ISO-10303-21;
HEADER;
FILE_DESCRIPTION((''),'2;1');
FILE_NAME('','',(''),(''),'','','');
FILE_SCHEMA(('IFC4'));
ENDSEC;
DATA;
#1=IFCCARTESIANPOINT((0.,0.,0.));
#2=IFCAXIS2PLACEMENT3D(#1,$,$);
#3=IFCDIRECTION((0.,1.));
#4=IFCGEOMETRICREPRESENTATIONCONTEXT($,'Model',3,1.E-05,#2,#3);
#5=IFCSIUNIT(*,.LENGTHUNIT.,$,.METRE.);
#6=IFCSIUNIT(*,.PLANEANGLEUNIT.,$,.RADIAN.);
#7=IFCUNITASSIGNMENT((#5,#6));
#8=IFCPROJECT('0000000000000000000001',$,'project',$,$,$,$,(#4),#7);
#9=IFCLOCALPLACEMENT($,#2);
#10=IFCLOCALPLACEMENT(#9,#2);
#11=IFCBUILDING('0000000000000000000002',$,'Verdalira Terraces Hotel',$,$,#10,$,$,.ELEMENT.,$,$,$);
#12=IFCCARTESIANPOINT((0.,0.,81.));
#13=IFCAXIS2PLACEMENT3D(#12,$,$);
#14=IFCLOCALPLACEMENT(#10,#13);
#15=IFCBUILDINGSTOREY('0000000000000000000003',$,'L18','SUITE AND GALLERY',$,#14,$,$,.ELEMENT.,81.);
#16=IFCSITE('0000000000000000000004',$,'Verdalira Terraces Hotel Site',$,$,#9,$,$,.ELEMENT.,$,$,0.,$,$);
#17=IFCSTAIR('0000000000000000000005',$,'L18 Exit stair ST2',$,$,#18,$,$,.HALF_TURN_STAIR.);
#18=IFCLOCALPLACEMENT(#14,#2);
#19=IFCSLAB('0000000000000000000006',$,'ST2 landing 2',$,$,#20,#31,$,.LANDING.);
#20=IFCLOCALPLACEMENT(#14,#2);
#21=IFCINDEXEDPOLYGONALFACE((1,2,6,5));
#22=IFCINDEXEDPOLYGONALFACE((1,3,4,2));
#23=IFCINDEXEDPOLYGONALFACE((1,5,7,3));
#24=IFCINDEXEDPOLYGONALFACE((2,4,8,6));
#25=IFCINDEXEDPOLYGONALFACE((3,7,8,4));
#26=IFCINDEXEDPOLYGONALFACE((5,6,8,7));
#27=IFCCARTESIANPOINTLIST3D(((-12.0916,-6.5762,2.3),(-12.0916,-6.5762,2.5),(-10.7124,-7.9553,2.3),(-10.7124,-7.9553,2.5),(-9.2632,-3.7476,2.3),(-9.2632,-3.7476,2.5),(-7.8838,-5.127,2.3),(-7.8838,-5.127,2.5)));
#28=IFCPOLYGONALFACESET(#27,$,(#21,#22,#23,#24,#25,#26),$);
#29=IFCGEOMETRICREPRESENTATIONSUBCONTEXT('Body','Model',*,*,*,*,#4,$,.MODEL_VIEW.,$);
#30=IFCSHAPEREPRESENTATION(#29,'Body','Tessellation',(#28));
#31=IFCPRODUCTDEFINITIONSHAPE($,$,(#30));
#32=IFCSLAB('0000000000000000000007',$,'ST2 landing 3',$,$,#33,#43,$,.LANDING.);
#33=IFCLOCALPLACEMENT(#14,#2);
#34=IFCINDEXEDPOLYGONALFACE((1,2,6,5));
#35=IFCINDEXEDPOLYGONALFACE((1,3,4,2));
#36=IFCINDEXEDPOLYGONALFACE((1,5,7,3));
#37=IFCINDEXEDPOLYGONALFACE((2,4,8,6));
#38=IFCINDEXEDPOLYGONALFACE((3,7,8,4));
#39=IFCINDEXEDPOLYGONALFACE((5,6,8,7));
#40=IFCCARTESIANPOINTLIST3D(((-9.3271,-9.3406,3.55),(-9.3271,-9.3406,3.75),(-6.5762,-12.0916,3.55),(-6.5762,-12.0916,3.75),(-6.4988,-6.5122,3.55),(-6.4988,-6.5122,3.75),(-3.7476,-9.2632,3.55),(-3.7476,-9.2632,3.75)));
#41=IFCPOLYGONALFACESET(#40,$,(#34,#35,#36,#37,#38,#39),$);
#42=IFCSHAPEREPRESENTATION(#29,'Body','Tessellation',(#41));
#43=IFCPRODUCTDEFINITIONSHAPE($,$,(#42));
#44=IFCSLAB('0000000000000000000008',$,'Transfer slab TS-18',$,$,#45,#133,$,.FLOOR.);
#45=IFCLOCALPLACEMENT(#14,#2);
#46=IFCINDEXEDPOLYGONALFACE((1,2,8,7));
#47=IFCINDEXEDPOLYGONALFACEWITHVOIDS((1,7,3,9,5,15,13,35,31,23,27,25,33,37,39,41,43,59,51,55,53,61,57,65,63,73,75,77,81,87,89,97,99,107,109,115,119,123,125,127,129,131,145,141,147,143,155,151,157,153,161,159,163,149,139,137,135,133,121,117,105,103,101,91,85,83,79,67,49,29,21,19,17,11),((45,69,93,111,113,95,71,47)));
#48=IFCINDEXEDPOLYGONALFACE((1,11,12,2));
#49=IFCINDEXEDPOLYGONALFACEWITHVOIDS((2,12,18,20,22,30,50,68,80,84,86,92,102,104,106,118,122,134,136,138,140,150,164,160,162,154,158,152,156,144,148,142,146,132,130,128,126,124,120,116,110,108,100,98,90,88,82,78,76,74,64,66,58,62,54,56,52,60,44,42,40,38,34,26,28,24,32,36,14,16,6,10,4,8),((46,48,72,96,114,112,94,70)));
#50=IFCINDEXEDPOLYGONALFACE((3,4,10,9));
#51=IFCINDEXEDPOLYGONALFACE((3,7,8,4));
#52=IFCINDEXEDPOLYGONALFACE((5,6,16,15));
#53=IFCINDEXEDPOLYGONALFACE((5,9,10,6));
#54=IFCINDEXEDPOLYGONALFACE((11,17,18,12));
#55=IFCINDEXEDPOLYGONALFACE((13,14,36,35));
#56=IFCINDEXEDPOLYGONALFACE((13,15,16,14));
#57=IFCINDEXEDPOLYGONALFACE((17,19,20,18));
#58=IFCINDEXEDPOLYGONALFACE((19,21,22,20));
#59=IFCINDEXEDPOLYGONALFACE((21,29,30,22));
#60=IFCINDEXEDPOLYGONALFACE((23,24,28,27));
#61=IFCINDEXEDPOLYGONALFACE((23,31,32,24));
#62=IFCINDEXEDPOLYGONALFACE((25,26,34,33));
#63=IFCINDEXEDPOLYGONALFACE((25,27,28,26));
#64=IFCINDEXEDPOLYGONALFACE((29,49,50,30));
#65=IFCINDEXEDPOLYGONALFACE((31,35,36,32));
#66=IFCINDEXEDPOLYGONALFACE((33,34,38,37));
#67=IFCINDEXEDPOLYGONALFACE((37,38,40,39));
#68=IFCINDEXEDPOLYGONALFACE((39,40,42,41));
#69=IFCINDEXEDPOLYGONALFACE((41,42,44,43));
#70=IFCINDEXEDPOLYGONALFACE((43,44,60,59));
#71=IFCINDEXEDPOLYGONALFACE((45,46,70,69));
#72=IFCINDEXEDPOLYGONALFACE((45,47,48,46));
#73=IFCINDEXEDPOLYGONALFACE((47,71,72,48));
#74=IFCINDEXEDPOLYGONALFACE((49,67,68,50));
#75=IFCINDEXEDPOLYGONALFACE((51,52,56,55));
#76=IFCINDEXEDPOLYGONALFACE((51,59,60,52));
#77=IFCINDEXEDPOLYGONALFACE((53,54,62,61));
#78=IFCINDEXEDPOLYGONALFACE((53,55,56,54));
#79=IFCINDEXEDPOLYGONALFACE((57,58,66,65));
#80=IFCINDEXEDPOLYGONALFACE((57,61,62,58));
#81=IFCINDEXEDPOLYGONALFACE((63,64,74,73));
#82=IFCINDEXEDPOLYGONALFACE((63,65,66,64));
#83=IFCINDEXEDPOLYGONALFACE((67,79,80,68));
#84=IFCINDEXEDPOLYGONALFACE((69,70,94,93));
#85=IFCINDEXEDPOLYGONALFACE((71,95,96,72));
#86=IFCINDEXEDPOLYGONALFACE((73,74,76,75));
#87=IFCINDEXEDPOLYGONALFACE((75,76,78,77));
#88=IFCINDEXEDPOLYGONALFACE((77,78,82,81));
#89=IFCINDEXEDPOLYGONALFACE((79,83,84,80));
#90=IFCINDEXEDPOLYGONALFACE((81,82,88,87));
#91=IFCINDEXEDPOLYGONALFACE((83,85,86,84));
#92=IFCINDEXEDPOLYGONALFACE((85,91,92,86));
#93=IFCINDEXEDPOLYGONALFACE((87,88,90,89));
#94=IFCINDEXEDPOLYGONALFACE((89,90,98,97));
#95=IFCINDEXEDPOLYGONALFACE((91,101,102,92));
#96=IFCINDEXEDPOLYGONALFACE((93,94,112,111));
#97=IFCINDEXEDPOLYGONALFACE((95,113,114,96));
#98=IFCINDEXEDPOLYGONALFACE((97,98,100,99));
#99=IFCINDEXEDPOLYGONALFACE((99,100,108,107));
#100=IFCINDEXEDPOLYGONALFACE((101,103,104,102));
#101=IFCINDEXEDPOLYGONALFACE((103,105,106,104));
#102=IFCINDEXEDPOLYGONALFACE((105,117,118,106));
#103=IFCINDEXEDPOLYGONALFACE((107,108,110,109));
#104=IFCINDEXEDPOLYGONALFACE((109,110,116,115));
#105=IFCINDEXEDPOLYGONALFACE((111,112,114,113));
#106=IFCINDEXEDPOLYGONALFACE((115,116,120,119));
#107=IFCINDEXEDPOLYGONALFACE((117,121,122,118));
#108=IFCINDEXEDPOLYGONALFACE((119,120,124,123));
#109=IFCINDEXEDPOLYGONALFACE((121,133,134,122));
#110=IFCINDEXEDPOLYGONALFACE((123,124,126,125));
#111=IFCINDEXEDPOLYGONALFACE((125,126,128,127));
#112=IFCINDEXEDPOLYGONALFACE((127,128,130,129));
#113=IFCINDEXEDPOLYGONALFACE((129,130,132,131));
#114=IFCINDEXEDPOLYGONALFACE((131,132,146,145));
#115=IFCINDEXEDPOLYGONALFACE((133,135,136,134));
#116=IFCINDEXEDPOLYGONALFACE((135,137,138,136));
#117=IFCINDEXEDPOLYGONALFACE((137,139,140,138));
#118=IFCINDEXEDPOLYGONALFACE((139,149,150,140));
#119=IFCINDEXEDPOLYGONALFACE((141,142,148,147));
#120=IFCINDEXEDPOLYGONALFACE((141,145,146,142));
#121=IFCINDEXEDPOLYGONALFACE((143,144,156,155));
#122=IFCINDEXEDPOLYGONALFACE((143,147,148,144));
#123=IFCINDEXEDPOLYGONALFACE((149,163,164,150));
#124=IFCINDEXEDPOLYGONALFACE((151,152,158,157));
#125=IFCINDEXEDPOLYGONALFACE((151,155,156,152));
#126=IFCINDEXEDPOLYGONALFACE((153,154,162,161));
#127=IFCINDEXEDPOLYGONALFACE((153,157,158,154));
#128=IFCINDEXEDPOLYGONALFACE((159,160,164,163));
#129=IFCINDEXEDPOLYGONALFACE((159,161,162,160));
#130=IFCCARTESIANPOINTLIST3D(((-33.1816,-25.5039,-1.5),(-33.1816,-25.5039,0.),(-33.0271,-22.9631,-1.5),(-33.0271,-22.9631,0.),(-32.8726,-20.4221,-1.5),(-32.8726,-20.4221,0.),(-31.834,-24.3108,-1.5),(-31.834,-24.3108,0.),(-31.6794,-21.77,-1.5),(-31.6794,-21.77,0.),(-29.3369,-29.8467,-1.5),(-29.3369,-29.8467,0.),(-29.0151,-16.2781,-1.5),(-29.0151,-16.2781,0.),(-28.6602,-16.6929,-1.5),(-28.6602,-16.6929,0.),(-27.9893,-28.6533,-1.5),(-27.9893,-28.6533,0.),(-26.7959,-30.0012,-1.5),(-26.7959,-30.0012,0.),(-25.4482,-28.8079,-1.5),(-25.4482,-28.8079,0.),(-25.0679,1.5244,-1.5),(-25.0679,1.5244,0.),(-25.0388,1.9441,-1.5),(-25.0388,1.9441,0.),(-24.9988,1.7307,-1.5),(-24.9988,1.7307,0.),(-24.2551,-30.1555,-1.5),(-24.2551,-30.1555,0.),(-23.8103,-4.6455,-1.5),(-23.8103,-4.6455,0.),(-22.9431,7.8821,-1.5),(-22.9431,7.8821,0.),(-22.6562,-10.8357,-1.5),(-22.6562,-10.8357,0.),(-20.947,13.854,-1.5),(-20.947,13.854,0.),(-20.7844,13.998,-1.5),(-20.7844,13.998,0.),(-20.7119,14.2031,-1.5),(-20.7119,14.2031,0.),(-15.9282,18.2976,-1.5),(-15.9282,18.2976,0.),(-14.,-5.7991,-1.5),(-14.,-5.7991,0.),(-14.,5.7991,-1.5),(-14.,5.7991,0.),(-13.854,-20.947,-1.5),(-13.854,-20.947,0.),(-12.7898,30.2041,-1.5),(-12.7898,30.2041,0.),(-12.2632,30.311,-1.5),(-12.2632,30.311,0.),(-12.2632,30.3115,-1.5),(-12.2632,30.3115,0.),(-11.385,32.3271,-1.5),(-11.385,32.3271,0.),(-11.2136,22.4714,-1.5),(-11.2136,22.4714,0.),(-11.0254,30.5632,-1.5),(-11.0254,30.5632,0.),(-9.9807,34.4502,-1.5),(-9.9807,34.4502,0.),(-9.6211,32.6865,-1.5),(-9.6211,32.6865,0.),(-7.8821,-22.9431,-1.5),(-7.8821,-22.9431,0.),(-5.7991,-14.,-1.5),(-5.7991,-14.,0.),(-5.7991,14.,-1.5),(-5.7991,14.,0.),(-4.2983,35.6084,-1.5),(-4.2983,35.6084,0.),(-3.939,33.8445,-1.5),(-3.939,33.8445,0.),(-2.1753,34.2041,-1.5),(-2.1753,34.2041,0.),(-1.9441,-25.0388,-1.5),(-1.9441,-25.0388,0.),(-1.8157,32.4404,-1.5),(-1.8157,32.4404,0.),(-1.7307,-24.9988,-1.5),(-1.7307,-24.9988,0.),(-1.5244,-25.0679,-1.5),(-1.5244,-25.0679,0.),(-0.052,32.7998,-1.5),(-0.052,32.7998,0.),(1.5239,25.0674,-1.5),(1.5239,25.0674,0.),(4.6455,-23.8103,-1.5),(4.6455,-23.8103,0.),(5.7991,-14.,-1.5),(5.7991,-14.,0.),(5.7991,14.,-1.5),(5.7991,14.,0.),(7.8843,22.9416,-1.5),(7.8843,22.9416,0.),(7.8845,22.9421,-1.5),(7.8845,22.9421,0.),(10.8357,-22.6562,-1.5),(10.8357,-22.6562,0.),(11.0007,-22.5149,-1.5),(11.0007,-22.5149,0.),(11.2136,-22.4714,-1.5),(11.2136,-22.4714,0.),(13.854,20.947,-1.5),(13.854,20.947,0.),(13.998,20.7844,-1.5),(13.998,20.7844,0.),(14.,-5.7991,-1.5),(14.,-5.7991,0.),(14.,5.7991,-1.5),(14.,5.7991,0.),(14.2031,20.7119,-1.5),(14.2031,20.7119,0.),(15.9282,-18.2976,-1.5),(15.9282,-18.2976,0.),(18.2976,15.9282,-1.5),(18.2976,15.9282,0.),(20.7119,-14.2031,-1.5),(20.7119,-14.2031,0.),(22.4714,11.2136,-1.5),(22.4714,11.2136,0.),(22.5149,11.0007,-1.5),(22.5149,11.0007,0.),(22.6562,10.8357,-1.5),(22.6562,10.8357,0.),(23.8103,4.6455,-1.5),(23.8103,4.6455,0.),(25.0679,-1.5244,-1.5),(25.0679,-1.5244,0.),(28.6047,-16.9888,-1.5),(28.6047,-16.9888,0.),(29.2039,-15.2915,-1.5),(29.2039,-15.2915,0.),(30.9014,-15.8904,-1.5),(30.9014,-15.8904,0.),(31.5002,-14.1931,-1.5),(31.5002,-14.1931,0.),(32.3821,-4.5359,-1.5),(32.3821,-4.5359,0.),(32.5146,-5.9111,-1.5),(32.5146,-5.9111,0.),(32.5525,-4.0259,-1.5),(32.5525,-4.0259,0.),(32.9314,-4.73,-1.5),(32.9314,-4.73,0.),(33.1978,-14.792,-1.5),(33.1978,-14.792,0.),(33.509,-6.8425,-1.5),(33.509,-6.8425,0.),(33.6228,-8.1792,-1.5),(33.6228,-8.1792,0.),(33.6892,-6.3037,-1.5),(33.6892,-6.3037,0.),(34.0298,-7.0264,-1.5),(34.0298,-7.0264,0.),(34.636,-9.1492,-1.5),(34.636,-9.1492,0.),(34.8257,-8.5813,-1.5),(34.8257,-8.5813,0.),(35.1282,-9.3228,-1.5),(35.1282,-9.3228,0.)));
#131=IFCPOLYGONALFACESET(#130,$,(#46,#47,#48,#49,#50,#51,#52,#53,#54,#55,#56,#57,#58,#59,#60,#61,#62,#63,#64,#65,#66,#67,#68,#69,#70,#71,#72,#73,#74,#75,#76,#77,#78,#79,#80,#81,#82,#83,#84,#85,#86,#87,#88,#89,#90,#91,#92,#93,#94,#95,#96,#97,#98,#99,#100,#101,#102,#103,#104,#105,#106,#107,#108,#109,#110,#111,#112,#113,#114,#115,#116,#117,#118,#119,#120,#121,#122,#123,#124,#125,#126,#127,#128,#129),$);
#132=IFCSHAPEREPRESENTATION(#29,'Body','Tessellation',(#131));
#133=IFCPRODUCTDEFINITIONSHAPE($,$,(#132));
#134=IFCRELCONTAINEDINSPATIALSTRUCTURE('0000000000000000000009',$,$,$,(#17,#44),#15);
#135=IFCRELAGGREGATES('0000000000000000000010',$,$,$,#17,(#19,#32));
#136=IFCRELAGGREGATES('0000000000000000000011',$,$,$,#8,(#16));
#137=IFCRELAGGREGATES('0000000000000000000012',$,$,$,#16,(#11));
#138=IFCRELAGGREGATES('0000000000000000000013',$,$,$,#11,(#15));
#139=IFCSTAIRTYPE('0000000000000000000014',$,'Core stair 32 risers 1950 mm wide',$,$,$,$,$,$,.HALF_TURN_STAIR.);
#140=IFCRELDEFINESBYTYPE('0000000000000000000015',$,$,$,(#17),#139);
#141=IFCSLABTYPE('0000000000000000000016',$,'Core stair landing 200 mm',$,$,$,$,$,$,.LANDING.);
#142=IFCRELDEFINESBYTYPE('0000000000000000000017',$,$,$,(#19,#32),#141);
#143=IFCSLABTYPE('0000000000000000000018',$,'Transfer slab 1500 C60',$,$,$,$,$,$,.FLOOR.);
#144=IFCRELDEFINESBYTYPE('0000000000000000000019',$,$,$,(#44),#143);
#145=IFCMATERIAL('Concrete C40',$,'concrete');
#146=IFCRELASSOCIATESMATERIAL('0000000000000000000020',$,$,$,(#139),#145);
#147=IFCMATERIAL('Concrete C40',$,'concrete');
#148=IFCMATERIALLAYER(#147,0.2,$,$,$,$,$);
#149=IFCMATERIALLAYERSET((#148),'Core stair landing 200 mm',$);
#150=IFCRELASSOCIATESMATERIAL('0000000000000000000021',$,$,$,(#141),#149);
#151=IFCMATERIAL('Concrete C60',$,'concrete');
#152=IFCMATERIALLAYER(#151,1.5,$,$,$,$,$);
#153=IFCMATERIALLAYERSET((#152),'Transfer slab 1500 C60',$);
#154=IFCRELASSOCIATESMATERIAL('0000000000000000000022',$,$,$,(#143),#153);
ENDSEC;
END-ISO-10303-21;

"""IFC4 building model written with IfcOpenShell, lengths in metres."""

from ifc_helpers import new_model, si_unit, direction, frame, origin, place, context, subcontext, project, spatial, polyline, outline, extrude, material, layer, layer_set, type_object, element, aggregate, save


model = new_model("IFC4")

# Units and contexts
model_context = context("Model", 3, precision=1e-05, world=origin(), true_north=direction((0.0, 1.0)))
body_context = subcontext(model_context, "Body", "Model", "MODEL_VIEW")
ifc_project = project(units=[si_unit("LENGTHUNIT", "METRE"), si_unit("PLANEANGLEUNIT", "RADIAN")], contexts=[model_context])

# Site, building, storey
site_placement = place(None, origin())
site = spatial("IfcSite", under=ifc_project, at=site_placement, Name="Verdalira Terraces Hotel Site", CompositionType="ELEMENT", RefElevation=0.0)
building_placement = place(site_placement, origin())
building = spatial("IfcBuilding", under=site, at=building_placement, Name="Verdalira Terraces Hotel", CompositionType="ELEMENT")
storey_placement = place(building_placement, frame((0.0, 0.0, 81.0)))
storey = spatial("IfcBuildingStorey", under=building, at=storey_placement, Name="L18", Description="SUITE AND GALLERY", CompositionType="ELEMENT", Elevation=81.0)

# Stair, slabs
ifc_material_1 = material(Name="Concrete C40", Category="concrete")
stair_type = type_object("IfcStairType", Name="Core stair 32 risers 1950 mm wide", PredefinedType="HALF_TURN_STAIR", material=ifc_material_1)
ifc_material_2 = material(Name="Concrete C40", Category="concrete")
ifc_layer_1 = layer(ifc_material_2, 0.2)
ifc_layer_set_1 = layer_set([ifc_layer_1], Name="Core stair landing 200 mm")
slab_type_1 = type_object("IfcSlabType", Name="Core stair landing 200 mm", PredefinedType="LANDING", material=ifc_layer_set_1)
stair_1_placement = place(storey_placement, origin())
stair_1 = element("IfcStair", 1, at=stair_1_placement, inside=storey, type_object=stair_type, Name="L18 Exit stair ST2", PredefinedType="HALF_TURN_STAIR")
slab_1_placement = place(storey_placement, frame((0.0, 0.0, 2.3)))
slab_1 = element("IfcSlab", 2, at=slab_1_placement, type_object=slab_type_1, Name="ST2 landing 2", PredefinedType="LANDING", context=body_context, shape_type="SweptSolid", body=[
    extrude(outline(polyline([(-12.0916, -6.5762), (-10.7124, -7.9553), (-7.8838, -5.127), (-9.2632, -3.7476), (-12.0916, -6.5762)])), origin(), (0.0, 0.0, 1.0), 0.2),
])
slab_2_placement = place(storey_placement, frame((0.0, 0.0, 3.55)))
slab_2 = element("IfcSlab", 3, at=slab_2_placement, type_object=slab_type_1, Name="ST2 landing 3", PredefinedType="LANDING", context=body_context, shape_type="SweptSolid", body=[
    extrude(outline(polyline([(-9.3271, -9.3406), (-6.5762, -12.0916), (-3.7476, -9.2632), (-6.4988, -6.5122), (-9.3271, -9.3406)])), origin(), (0.0, 0.0, 1.0), 0.2),
])
aggregate(stair_1, [slab_1, slab_2])

# Slab
ifc_material_3 = material(Name="Concrete C60", Category="concrete")
ifc_layer_2 = layer(ifc_material_3, 1.5)
ifc_layer_set_2 = layer_set([ifc_layer_2], Name="Transfer slab 1500 C60")
slab_type_2 = type_object("IfcSlabType", Name="Transfer slab 1500 C60", PredefinedType="FLOOR", material=ifc_layer_set_2)
slab_3_placement = place(storey_placement, frame((0.0, 0.0, -1.5)))
element("IfcSlab", 4, at=slab_3_placement, inside=storey, type_object=slab_type_2, Name="Transfer slab TS-18", PredefinedType="FLOOR", context=body_context, shape_type="SweptSolid", body=[
    extrude(outline(polyline([(-12.2632, 30.3115), (-12.7898, 30.2041), (-11.2136, 22.4714), (-15.9282, 18.2976), (-20.7119, 14.2031), (-20.7844, 13.998), (-20.947, 13.854), (-22.9431, 7.8821), (-25.0388, 1.9441), (-24.9988, 1.7307), (-25.0679, 1.5244), (-23.8103, -4.6455), (-22.6562, -10.8357), (-29.0151, -16.2781), (-28.6602, -16.6929), (-32.8726, -20.4221), (-31.6794, -21.77), (-33.0271, -22.9631), (-31.834, -24.3108), (-33.1816, -25.5039), (-29.3369, -29.8467), (-27.9893, -28.6533), (-26.7959, -30.0012), (-25.4482, -28.8079), (-24.2551, -30.1555), (-13.854, -20.947), (-7.8821, -22.9431), (-1.9441, -25.0388), (-1.7307, -24.9988), (-1.5244, -25.0679), (4.6455, -23.8103), (10.8357, -22.6562), (11.0007, -22.5149), (11.2136, -22.4714), (15.9282, -18.2976), (20.7119, -14.2031), (28.6047, -16.9888), (29.2039, -15.2915), (30.9014, -15.8904), (31.5002, -14.1931), (33.1978, -14.792), (35.1282, -9.3228), (34.636, -9.1492), (34.8257, -8.5813), (33.6228, -8.1792), (34.0298, -7.0264), (33.509, -6.8425), (33.6892, -6.3037), (32.5146, -5.9111), (32.9314, -4.73), (32.3821, -4.5359), (32.5525, -4.0259), (25.0679, -1.5244), (23.8103, 4.6455), (22.6562, 10.8357), (22.5149, 11.0007), (22.4714, 11.2136), (18.2976, 15.9282), (14.2031, 20.7119), (13.998, 20.7844), (13.854, 20.947), (7.8845, 22.9421), (7.8843, 22.9416), (1.5239, 25.0674), (-0.052, 32.7998), (-1.8157, 32.4404), (-2.1753, 34.2041), (-3.939, 33.8445), (-4.2983, 35.6084), (-9.9807, 34.4502), (-9.6211, 32.6865), (-11.385, 32.3271), (-11.0254, 30.5632), (-12.2632, 30.311), (-12.2632, 30.3115)]), holes=[polyline([(5.7991, 14.0), (14.0, 5.7991), (14.0, -5.7991), (5.7991, -14.0), (-5.7991, -14.0), (-14.0, -5.7991), (-14.0, 5.7991), (-5.7991, 14.0), (5.7991, 14.0)])]), origin(), (0.0, 0.0, 1.0), 1.5),
])

save(model, "model.ifc")
